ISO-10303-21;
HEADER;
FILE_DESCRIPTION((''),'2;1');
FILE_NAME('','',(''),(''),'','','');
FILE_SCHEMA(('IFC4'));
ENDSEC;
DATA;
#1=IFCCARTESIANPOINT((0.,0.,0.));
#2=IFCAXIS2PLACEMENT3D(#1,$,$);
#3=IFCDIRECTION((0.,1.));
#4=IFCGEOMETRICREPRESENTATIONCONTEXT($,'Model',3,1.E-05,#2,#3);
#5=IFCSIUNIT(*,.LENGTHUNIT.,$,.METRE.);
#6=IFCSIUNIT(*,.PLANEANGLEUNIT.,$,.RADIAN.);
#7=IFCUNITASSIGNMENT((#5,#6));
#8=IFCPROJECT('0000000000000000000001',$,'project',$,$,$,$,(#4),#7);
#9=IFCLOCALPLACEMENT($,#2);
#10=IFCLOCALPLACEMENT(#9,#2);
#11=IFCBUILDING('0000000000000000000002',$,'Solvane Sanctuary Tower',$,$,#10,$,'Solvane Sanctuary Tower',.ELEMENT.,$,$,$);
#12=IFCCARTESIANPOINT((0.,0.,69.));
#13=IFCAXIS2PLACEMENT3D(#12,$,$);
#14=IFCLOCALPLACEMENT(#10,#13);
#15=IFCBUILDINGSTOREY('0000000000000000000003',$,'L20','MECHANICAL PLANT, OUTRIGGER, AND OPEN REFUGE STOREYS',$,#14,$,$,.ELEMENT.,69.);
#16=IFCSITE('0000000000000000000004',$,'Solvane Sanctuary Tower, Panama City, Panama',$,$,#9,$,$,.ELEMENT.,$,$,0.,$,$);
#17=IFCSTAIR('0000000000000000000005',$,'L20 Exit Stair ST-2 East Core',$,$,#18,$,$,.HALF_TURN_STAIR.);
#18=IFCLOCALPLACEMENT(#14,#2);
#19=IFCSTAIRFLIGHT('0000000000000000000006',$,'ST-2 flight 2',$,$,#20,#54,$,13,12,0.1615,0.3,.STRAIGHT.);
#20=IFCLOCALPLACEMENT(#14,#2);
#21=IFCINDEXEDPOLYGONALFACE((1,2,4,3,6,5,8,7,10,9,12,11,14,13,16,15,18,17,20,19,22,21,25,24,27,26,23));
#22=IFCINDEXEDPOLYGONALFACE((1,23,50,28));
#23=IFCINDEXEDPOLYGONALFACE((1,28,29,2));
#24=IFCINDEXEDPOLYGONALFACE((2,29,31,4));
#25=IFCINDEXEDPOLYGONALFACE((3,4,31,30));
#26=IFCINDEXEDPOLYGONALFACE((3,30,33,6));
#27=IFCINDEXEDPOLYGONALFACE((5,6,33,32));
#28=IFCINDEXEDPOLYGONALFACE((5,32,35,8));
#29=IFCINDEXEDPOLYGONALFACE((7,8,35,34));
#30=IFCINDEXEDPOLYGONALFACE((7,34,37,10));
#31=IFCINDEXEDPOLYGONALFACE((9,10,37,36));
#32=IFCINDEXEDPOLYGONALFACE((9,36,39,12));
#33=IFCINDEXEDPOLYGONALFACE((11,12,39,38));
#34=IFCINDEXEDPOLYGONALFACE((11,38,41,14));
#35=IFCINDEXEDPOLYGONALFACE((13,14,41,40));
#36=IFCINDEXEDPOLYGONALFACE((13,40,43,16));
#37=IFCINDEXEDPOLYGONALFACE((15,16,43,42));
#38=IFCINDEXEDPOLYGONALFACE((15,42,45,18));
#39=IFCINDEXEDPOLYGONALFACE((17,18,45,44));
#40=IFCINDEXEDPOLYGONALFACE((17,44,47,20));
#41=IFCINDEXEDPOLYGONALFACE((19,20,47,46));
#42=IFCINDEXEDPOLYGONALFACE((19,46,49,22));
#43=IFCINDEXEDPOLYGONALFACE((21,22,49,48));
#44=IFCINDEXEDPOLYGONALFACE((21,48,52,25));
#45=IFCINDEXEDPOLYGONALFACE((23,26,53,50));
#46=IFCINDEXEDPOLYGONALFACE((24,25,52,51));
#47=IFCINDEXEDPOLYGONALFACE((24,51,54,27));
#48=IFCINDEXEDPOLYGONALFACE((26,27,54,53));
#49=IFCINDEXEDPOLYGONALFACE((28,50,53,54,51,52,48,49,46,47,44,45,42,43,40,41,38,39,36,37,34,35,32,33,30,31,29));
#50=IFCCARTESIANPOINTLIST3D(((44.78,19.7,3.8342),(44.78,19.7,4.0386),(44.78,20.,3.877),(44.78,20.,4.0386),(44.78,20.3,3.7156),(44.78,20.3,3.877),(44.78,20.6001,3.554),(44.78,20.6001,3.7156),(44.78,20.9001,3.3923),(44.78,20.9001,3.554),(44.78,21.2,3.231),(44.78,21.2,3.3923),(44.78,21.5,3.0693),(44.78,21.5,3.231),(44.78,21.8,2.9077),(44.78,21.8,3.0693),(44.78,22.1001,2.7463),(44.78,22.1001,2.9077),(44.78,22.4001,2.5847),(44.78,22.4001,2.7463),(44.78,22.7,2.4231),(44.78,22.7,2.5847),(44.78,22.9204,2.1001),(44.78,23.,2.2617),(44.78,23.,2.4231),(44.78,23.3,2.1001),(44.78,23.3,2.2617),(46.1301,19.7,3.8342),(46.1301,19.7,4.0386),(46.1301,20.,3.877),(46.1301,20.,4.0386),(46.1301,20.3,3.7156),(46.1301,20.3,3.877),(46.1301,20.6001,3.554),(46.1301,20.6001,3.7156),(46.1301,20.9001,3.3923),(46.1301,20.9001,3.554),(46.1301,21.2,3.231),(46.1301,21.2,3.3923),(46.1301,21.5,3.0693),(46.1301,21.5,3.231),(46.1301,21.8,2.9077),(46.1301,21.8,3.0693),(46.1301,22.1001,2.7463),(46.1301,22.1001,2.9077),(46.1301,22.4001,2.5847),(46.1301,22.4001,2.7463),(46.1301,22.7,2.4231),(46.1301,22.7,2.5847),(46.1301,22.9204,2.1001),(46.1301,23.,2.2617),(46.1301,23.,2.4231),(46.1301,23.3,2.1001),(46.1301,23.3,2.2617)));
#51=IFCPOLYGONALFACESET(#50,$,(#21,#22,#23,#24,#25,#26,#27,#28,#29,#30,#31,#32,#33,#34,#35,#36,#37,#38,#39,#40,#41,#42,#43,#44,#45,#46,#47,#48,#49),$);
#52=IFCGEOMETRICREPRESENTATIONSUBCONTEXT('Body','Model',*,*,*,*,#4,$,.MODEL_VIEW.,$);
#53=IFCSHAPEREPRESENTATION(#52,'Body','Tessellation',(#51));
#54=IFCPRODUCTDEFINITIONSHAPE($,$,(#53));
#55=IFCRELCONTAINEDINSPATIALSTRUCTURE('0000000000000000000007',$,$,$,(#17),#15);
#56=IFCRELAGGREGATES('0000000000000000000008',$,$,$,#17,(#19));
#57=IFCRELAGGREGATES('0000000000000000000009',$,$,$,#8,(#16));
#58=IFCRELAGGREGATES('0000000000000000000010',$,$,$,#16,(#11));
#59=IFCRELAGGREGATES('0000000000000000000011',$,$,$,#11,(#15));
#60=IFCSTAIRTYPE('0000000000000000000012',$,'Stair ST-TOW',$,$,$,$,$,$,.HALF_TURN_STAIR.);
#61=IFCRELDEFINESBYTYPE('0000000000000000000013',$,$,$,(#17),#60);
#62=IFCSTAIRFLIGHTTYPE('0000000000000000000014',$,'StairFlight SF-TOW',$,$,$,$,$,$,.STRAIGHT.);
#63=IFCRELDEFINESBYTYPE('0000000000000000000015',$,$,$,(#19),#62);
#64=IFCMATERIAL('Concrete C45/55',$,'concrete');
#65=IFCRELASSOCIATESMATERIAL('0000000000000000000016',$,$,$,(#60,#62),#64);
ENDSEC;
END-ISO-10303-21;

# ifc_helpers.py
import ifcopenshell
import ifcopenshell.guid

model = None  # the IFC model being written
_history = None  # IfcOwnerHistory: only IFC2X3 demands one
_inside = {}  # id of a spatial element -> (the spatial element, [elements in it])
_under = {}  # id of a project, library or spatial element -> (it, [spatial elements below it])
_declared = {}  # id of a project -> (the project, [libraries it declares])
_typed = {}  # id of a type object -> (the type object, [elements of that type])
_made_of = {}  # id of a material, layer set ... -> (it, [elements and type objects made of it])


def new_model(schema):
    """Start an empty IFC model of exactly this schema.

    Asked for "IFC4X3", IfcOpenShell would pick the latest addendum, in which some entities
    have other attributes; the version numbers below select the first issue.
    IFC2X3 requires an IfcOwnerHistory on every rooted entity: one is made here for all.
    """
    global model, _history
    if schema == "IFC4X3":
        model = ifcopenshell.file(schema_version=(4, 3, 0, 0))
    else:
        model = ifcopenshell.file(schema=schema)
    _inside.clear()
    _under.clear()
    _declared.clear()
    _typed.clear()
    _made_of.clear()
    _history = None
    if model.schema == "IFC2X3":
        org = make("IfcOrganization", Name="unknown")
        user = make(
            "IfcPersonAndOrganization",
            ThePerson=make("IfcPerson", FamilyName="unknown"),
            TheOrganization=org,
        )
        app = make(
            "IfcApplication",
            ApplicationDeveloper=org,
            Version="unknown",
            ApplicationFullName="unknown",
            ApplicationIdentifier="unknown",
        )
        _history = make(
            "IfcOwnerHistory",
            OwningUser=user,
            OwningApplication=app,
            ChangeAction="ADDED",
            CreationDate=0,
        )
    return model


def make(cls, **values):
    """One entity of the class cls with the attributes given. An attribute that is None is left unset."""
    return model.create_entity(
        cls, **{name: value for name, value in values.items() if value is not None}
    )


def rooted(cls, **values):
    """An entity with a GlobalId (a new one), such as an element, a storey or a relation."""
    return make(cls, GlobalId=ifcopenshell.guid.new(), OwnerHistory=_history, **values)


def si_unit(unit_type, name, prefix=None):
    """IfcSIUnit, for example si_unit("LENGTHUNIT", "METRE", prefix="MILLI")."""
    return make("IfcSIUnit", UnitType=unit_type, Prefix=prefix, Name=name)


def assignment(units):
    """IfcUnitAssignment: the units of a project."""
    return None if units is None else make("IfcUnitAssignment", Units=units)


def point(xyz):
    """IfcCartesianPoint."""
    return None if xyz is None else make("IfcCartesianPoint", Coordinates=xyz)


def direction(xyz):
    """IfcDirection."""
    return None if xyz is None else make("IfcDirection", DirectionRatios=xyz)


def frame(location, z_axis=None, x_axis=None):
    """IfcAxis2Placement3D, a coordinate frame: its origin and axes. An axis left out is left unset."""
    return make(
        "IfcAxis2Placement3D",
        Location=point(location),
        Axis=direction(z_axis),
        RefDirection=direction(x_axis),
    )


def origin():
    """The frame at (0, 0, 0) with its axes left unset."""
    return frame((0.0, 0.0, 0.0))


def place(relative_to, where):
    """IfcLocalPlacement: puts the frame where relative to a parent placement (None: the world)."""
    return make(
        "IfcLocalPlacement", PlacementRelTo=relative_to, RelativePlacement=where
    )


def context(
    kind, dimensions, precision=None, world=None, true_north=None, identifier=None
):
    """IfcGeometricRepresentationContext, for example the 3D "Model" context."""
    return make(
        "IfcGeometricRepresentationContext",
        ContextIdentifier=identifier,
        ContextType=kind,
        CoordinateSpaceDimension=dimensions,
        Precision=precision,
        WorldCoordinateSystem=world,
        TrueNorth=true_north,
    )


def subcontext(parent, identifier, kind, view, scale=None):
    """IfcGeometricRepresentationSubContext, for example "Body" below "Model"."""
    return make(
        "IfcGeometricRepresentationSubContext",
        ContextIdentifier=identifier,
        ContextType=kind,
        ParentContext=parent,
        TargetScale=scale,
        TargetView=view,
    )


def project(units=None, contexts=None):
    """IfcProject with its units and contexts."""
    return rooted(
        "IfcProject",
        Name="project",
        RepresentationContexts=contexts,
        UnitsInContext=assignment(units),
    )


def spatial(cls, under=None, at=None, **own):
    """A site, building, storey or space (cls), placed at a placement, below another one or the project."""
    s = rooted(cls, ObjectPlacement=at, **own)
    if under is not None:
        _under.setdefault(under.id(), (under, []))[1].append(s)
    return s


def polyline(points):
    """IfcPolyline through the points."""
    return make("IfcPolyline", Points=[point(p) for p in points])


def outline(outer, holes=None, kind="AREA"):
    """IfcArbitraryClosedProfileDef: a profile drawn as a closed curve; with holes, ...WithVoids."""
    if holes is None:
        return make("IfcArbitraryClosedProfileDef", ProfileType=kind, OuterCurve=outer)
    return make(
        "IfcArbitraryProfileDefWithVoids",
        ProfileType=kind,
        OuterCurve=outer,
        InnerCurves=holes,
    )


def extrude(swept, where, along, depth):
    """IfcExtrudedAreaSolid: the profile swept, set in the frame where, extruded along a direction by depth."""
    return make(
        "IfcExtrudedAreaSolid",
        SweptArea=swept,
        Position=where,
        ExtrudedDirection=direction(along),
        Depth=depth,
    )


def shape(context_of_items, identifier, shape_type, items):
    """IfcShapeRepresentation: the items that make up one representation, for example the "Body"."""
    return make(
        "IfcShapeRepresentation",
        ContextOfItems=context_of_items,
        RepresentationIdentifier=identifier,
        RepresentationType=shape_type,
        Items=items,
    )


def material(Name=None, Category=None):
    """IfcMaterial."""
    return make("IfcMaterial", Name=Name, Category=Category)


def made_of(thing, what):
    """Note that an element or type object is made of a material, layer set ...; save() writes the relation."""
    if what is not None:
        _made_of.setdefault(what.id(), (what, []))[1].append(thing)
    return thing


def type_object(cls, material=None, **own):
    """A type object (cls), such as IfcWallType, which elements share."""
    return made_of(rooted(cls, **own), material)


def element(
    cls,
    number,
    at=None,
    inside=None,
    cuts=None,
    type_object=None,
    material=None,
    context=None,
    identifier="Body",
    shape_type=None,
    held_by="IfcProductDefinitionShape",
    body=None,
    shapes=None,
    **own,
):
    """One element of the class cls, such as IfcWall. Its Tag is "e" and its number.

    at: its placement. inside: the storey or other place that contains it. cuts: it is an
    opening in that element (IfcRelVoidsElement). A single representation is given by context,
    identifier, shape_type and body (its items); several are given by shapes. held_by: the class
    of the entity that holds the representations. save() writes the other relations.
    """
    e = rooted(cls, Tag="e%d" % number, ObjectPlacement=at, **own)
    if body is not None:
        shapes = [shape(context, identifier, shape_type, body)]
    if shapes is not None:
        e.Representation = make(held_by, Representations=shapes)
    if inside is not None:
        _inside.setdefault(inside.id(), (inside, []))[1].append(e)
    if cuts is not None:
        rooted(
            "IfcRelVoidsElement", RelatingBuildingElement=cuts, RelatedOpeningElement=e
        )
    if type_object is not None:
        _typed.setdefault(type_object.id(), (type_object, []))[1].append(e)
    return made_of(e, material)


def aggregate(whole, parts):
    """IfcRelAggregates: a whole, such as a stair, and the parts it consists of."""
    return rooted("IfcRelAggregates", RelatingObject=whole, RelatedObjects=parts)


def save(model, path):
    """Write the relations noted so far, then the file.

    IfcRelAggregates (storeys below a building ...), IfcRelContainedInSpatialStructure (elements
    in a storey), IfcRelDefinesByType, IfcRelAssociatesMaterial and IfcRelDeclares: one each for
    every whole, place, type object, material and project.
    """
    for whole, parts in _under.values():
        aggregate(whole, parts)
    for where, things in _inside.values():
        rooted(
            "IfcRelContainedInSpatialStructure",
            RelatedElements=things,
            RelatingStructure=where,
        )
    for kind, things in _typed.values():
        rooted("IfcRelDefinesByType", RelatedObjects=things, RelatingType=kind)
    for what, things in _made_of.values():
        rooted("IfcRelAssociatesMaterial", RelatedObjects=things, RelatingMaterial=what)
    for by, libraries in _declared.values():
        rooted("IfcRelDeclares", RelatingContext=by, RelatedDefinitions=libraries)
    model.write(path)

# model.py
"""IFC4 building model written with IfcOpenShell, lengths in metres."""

from ifc_helpers import new_model, si_unit, direction, frame, origin, place, context, subcontext, project, spatial, polyline, outline, extrude, material, type_object, element, aggregate, save


model = new_model("IFC4")

# Units and contexts
model_context = context("Model", 3, precision=1e-05, world=origin(), true_north=direction((0.0, 1.0)))
body_context = subcontext(model_context, "Body", "Model", "MODEL_VIEW")
ifc_project = project(units=[si_unit("LENGTHUNIT", "METRE"), si_unit("PLANEANGLEUNIT", "RADIAN")], contexts=[model_context])

# Site, building, storey
site_placement = place(None, origin())
site = spatial("IfcSite", under=ifc_project, at=site_placement, Name="Solvane Sanctuary Tower, Panama City, Panama", CompositionType="ELEMENT", RefElevation=0.0)
building_placement = place(site_placement, origin())
building = spatial("IfcBuilding", under=site, at=building_placement, Name="Solvane Sanctuary Tower", LongName="Solvane Sanctuary Tower", CompositionType="ELEMENT")
storey_placement = place(building_placement, frame((0.0, 0.0, 69.0)))
storey = spatial("IfcBuildingStorey", under=building, at=storey_placement, Name="L20", Description="MECHANICAL PLANT, OUTRIGGER, AND OPEN REFUGE STOREYS", CompositionType="ELEMENT", Elevation=69.0)

# Stair, stair flight
ifc_material_1 = material(Name="Concrete C45/55", Category="concrete")
stair_type = type_object("IfcStairType", Name="Stair ST-TOW", PredefinedType="HALF_TURN_STAIR", material=ifc_material_1)
stair_placement = place(storey_placement, origin())
stair = element("IfcStair", 1, at=stair_placement, inside=storey, type_object=stair_type, Name="L20 Exit Stair ST-2 East Core", PredefinedType="HALF_TURN_STAIR")
stair_flight_type = type_object("IfcStairFlightType", Name="StairFlight SF-TOW", PredefinedType="STRAIGHT", material=ifc_material_1)
stair_flight_placement = place(storey_placement, frame((45.4551, 23.3, 2.1001), z_axis=(0.0, 0.0, 1.0), x_axis=(0.0, -1.0, 0.0)))
stair_flight = element("IfcStairFlight", 2, at=stair_flight_placement, type_object=stair_flight_type, Name="ST-2 flight 2", NumberOfRisers=13, NumberOfTreads=12, PredefinedType="STRAIGHT", RiserHeight=0.1615, TreadLength=0.3, context=body_context, shape_type="SweptSolid", body=[
    extrude(outline(polyline([(0.0, 0.0), (0.0, 0.1616), (0.3, 0.1616), (0.3, 0.323), (0.6001, 0.323), (0.6001, 0.4846), (0.8999, 0.4846), (0.8999, 0.6462), (1.2, 0.6462), (1.2, 0.8076), (1.5, 0.8076), (1.5, 0.9692), (1.8, 0.9692), (1.8, 1.1309), (2.1001, 1.1309), (2.1001, 1.2922), (2.3999, 1.2922), (2.3999, 1.4539), (2.7, 1.4539), (2.7, 1.6155), (3.0, 1.6155), (3.0, 1.7769), (3.3, 1.7769), (3.3, 1.9385), (3.6001, 1.9385), (3.6001, 2.1001), (3.6001, 1.7341), (0.3796, 0.0), (0.0, 0.0)])), frame((0.0, 0.675, 0.0), z_axis=(0.0, -1.0, 0.0), x_axis=(1.0, 0.0, 0.0)), (0.0, 0.0, 1.0), 1.3501),
])
aggregate(stair, [stair_flight])

save(model, "model.ifc")
